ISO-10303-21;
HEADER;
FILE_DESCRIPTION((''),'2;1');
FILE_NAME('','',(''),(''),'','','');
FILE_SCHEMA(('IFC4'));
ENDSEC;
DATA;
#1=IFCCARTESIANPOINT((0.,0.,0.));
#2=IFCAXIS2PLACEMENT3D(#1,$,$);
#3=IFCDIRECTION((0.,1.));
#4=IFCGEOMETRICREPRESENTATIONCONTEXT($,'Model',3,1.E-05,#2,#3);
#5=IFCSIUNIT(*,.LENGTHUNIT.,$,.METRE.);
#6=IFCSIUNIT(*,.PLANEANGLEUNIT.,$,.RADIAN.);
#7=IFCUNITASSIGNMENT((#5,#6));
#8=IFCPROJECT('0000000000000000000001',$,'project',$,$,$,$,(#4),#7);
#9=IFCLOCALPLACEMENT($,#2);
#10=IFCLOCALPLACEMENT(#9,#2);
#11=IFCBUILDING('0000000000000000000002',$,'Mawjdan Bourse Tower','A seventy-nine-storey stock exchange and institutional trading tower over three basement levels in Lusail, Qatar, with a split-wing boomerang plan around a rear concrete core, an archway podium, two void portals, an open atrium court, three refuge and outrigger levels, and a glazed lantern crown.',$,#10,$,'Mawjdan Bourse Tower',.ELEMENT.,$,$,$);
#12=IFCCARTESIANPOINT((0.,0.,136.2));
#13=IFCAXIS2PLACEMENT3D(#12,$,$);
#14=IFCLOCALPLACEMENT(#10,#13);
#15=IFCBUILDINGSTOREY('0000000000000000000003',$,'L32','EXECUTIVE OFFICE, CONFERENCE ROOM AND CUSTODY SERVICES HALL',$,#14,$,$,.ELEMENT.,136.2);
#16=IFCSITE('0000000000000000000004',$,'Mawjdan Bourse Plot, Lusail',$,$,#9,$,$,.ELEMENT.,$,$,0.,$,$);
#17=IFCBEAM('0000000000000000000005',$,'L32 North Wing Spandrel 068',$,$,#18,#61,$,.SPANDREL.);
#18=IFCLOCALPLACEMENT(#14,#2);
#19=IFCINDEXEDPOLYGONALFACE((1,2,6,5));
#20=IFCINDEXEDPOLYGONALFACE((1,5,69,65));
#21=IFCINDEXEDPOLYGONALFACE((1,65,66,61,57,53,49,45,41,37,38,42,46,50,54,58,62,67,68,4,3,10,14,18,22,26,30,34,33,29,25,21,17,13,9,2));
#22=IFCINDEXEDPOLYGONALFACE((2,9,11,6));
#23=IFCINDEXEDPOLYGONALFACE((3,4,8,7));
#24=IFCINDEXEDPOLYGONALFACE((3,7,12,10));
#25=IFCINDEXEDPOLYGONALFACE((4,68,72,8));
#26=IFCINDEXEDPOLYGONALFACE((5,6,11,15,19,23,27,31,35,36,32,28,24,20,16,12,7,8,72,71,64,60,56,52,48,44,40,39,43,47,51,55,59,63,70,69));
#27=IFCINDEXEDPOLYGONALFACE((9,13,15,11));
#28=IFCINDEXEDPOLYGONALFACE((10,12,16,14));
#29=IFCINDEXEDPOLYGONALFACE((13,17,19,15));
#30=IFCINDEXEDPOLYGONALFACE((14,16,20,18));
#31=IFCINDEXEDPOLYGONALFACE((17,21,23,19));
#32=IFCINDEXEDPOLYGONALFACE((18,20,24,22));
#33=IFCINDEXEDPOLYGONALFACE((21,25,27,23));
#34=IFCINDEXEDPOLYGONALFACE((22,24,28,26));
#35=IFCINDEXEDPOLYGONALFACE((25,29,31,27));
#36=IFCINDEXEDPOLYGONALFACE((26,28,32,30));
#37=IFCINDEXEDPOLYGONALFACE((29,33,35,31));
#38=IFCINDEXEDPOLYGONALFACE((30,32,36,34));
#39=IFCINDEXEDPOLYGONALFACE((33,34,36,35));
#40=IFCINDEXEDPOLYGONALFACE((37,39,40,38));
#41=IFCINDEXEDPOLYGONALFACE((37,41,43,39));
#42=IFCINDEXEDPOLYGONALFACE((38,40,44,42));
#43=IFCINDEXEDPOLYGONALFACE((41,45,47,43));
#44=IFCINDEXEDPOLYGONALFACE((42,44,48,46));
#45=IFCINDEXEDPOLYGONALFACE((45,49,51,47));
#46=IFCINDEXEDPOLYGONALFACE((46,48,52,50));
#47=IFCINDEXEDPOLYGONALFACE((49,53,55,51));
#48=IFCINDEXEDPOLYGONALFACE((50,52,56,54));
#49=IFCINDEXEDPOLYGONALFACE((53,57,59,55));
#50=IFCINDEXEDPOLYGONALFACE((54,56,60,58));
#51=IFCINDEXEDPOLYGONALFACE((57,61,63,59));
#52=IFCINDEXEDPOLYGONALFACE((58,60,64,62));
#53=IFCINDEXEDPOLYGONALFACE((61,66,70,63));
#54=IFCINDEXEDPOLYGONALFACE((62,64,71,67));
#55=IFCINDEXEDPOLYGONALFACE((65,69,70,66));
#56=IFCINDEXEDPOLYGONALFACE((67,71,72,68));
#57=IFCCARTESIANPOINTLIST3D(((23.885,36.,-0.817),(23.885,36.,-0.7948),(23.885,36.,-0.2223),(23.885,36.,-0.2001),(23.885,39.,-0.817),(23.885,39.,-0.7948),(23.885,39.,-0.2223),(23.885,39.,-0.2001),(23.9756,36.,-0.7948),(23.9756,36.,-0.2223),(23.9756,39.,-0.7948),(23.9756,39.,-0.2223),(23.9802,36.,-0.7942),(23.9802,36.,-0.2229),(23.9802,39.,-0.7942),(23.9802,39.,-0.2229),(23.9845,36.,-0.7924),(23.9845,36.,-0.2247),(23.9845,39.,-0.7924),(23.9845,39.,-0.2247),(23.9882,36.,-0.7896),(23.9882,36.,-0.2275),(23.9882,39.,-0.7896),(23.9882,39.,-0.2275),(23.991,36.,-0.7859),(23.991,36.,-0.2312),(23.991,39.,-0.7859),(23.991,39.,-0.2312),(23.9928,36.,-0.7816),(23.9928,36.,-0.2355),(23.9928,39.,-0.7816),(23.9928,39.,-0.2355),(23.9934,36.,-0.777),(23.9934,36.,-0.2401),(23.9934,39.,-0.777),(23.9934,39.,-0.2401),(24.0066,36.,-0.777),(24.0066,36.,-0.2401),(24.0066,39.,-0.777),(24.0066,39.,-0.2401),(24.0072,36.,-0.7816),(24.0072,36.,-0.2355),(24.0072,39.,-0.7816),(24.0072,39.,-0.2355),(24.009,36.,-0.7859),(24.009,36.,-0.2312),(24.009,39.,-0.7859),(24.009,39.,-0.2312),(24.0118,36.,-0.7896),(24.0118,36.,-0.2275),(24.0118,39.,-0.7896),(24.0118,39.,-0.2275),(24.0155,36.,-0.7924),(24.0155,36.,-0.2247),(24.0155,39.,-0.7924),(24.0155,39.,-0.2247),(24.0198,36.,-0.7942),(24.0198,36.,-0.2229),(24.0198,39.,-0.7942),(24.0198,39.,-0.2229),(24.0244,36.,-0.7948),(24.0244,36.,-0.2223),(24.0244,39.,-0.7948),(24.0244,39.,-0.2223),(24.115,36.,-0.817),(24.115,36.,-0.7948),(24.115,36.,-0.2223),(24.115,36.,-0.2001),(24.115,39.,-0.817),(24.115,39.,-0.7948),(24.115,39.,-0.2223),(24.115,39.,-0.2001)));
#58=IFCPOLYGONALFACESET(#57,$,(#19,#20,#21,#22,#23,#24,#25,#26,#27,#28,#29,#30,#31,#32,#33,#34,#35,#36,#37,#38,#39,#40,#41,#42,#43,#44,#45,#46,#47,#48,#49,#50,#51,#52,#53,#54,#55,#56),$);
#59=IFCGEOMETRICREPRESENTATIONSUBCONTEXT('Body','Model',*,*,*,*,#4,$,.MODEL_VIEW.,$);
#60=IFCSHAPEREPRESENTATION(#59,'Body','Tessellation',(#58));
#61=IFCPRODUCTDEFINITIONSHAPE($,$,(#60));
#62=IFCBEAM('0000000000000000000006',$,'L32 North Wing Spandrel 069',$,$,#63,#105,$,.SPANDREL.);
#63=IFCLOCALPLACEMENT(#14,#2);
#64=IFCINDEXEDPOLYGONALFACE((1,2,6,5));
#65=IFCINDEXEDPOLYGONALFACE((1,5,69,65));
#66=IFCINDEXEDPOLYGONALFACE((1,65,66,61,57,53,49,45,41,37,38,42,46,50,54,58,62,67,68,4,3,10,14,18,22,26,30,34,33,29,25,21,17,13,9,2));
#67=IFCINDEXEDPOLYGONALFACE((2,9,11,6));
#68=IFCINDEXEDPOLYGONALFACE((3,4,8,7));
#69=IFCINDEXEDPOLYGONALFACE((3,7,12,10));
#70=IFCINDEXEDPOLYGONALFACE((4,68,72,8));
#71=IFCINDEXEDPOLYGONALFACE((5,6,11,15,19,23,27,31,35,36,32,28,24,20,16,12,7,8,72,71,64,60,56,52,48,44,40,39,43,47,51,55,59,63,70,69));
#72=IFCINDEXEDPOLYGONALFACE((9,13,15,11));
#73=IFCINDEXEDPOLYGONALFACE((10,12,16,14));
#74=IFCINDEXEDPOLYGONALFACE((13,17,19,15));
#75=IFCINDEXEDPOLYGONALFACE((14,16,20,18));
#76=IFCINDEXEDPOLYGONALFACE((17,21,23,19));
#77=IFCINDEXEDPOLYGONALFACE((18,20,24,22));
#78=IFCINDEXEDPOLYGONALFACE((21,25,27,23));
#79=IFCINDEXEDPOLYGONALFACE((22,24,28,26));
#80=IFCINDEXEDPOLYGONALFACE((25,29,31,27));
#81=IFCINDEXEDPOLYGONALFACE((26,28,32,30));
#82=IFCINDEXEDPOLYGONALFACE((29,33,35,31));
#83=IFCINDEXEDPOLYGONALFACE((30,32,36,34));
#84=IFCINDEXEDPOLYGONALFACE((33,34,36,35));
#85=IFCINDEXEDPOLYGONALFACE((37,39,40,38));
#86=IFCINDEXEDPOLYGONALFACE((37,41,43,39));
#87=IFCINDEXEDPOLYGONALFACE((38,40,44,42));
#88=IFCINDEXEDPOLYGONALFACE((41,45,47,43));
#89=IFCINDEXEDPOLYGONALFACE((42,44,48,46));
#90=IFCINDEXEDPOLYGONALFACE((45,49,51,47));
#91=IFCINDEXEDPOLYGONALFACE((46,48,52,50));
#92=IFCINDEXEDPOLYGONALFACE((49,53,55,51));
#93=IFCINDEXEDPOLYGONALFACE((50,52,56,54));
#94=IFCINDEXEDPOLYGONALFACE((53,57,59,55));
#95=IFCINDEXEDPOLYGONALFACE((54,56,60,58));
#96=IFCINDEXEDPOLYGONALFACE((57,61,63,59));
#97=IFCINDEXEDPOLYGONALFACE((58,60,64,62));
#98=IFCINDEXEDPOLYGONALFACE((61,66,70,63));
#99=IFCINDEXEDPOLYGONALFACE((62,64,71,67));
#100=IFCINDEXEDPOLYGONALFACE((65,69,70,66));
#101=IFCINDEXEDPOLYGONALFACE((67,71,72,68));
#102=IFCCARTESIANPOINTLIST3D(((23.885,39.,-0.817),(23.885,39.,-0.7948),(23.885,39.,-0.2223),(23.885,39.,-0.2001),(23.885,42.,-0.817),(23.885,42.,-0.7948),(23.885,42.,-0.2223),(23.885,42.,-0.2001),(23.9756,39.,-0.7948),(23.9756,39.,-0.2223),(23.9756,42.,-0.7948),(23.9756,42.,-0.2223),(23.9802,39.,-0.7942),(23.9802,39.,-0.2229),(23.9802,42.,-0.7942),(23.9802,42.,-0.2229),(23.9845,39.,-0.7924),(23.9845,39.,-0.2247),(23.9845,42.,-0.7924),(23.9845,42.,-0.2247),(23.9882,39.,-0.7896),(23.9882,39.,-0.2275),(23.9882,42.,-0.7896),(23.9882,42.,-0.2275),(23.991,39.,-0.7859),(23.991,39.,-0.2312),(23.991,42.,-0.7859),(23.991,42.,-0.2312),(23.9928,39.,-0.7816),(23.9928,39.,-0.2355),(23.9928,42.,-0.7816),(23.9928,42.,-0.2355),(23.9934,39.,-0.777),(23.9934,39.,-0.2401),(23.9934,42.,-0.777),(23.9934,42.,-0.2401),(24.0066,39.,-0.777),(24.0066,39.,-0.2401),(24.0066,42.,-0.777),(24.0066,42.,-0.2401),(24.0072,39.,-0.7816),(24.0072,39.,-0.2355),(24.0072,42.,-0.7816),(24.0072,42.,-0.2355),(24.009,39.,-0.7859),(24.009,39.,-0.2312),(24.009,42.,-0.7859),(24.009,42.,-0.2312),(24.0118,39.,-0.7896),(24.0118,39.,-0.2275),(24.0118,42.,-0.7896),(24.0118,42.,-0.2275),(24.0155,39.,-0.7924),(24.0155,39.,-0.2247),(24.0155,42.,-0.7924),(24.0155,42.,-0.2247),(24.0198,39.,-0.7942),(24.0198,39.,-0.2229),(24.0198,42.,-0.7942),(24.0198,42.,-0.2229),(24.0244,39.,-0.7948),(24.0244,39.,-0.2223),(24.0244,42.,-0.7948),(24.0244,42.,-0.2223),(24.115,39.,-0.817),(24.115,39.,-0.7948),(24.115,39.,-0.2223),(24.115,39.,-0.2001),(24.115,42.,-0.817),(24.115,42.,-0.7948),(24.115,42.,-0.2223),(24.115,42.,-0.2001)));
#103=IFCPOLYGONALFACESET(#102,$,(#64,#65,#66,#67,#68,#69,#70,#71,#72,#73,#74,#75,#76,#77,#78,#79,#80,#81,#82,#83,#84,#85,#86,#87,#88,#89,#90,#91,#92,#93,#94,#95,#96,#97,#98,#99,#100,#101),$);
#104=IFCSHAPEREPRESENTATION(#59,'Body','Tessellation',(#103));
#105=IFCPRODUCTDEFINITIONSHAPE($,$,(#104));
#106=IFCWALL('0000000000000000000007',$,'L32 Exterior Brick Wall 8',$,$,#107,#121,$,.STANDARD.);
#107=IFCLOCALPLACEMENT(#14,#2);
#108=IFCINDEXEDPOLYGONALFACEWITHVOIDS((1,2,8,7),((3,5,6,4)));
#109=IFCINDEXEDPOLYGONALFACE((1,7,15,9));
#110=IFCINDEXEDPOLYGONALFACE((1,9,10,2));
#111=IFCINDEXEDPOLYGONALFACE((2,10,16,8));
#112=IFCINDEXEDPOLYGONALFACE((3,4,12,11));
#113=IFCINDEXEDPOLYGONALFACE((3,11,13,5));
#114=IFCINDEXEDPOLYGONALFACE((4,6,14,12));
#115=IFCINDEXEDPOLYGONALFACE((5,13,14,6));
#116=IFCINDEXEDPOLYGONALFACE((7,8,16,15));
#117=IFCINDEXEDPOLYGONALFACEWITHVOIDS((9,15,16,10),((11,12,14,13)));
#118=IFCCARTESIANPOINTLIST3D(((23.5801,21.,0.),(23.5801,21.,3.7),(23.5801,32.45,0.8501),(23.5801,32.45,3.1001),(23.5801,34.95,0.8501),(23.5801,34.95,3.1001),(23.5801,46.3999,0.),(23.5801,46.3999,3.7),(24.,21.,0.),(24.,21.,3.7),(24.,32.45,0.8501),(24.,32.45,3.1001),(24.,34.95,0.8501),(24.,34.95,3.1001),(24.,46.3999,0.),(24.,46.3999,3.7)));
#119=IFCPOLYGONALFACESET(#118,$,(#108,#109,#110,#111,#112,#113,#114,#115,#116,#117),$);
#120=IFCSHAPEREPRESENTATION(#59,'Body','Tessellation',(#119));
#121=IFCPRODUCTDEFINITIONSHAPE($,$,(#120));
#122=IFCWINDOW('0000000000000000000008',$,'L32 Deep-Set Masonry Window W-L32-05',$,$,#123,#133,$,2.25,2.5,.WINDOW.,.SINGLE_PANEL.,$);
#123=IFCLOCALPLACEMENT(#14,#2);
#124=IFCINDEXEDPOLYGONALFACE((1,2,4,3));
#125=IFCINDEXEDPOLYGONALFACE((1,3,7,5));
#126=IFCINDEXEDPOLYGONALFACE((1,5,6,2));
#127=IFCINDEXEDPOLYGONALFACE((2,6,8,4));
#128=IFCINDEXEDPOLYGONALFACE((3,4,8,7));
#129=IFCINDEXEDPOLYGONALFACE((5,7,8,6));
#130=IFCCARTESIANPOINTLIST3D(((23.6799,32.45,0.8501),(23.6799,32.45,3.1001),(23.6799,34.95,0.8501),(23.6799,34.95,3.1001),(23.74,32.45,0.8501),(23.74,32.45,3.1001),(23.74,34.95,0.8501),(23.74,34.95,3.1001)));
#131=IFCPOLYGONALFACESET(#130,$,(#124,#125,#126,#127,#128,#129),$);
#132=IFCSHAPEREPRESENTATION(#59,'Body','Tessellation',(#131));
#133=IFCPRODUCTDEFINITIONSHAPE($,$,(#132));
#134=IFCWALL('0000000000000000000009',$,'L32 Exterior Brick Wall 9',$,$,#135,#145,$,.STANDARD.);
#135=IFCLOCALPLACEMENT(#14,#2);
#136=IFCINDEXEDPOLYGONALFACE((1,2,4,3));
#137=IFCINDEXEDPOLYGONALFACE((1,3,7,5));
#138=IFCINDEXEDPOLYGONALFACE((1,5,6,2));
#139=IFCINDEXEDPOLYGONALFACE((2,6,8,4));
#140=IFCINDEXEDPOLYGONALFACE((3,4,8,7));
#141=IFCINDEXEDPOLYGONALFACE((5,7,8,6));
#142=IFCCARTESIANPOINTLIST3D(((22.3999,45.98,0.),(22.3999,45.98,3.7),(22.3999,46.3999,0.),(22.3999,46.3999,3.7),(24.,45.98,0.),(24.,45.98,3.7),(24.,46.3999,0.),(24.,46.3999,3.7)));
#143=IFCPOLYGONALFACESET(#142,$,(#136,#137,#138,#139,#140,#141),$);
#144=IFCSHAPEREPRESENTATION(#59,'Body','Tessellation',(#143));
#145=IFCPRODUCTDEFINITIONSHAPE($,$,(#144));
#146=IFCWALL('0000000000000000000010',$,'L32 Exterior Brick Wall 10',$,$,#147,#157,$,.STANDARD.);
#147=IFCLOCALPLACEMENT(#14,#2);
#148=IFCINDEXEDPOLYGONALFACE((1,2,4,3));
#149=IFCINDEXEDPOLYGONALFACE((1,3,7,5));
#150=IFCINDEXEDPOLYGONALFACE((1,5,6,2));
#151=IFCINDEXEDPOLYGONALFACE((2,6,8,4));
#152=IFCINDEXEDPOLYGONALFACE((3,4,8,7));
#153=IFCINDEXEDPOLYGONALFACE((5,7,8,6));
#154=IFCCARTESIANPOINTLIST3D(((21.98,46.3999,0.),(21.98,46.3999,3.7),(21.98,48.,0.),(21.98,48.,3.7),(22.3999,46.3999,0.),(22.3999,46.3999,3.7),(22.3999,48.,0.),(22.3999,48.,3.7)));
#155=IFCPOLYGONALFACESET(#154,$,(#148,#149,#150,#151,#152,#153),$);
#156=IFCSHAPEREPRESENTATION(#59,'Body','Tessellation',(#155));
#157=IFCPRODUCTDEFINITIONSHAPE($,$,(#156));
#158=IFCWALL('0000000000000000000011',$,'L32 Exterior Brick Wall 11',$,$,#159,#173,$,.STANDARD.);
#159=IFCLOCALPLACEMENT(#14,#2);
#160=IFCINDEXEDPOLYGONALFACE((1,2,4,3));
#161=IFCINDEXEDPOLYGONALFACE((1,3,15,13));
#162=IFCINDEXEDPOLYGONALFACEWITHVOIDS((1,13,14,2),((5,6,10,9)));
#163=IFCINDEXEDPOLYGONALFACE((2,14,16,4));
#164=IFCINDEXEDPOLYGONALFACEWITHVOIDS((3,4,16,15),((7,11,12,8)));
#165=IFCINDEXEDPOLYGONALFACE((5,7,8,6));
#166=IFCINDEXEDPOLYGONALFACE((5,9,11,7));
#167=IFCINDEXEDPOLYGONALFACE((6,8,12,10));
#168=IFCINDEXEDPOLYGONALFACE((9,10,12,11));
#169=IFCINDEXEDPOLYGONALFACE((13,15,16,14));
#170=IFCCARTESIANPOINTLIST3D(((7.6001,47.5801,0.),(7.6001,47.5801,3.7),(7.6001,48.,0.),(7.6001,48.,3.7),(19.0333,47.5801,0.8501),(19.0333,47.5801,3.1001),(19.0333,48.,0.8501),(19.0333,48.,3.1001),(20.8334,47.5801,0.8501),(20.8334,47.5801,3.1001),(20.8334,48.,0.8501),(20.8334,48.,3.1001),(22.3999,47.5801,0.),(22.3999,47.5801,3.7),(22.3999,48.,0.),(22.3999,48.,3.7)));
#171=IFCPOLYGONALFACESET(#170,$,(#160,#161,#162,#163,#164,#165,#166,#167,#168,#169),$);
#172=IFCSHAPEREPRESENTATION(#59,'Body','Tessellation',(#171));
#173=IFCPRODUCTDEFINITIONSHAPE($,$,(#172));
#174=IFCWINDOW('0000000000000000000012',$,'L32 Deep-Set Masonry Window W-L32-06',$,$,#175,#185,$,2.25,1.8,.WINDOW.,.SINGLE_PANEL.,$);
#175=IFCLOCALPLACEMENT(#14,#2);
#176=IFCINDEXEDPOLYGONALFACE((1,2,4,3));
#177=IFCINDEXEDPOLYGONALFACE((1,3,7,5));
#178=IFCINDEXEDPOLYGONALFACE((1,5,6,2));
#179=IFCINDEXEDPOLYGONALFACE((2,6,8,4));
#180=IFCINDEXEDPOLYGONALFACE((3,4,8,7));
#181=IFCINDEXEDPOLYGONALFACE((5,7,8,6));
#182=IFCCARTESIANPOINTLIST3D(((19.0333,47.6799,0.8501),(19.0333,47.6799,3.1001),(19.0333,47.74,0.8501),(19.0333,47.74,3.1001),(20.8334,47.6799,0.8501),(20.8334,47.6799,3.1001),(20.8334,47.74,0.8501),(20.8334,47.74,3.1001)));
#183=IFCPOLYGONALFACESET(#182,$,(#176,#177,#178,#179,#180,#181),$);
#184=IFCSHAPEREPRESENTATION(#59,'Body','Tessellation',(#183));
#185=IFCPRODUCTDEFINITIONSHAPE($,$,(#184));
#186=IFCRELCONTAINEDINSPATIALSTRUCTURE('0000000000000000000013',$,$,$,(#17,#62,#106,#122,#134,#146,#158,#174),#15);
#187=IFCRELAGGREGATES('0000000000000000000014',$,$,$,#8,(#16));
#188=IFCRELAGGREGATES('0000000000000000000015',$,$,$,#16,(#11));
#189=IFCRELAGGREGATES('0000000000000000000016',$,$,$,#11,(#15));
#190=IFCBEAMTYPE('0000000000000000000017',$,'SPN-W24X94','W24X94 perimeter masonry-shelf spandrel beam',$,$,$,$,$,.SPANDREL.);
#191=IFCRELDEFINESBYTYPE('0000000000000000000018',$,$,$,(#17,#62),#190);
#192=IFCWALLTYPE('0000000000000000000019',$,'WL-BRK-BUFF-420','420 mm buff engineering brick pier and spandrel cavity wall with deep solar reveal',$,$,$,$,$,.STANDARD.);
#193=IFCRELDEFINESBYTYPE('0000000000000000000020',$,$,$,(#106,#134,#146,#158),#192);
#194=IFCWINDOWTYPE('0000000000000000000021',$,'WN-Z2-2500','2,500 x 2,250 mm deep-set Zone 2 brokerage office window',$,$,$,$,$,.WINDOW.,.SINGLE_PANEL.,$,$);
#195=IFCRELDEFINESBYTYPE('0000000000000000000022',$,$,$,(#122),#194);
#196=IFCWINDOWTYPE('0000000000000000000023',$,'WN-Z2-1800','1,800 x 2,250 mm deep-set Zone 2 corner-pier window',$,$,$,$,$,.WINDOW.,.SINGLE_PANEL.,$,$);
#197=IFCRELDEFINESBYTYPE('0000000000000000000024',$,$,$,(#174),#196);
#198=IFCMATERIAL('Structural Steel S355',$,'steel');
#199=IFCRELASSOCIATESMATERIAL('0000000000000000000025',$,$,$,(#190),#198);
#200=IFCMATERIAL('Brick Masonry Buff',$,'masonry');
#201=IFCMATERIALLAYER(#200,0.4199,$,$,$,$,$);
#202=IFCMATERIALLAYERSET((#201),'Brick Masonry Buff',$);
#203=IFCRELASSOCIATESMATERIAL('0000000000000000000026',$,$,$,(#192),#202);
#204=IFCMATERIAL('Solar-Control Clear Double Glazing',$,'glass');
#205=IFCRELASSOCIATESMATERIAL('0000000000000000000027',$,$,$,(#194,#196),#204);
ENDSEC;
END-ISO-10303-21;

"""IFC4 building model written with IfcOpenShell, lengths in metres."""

from ifc_helpers import new_model, si_unit, direction, frame, frame_2d, origin, origin_2d, place, context, subcontext, project, spatial, rectangle, i_section, extrude, material, layer, layer_set, material_profile, profile_set, type_object, element, fill, save


model = new_model("IFC4")

# Units and contexts
model_context = context("Model", 3, precision=1e-05, world=origin(), true_north=direction((0.0, 1.0)))
body_context = subcontext(model_context, "Body", "Model", "MODEL_VIEW")
ifc_project = project(units=[si_unit("LENGTHUNIT", "METRE"), si_unit("PLANEANGLEUNIT", "RADIAN")], contexts=[model_context])

# Site, building, storey
site_placement = place(None, origin())
site = spatial("IfcSite", under=ifc_project, at=site_placement, Name="Mawjdan Bourse Plot, Lusail", CompositionType="ELEMENT", RefElevation=0.0)
building_placement = place(site_placement, origin())
building = spatial("IfcBuilding", under=site, at=building_placement, Name="Mawjdan Bourse Tower", Description="A seventy-nine-storey stock exchange and institutional trading tower over three basement levels in Lusail, Qatar, with a split-wing boomerang plan around a rear concrete core, an archway podium, two void portals, an open atrium court, three refuge and outrigger levels, and a glazed lantern crown.", LongName="Mawjdan Bourse Tower", CompositionType="ELEMENT")
storey_placement = place(building_placement, frame((0.0, 0.0, 136.2)))
storey = spatial("IfcBuildingStorey", under=building, at=storey_placement, Name="L32", Description="EXECUTIVE OFFICE, CONFERENCE ROOM AND CUSTODY SERVICES HALL", CompositionType="ELEMENT", Elevation=136.2)

# Beams
ifc_material_1 = material(Name="Structural Steel S355", Category="steel")
ifc_material_profile_1 = material_profile(ifc_material_1, i_section(OverallWidth=0.23, OverallDepth=0.6169, WebThickness=0.0132, FlangeThickness=0.0222, FilletRadius=0.0178, at=origin_2d()), Name="W24X94")
ifc_profile_set_1 = profile_set([ifc_material_profile_1], Name="Structural Steel S355")
beam_type_1 = type_object("IfcBeamType", Name="SPN-W24X94", Description="W24X94 perimeter masonry-shelf spandrel beam", PredefinedType="SPANDREL", material=ifc_profile_set_1)
for number, where, z_axis, x_axis, name in (
    (1, (24.0, 36.0, -0.5085), (0.0, 1.0, 0.0), (-1.0, 0.0, 0.0), "L32 North Wing Spandrel 068"),
    (2, (24.0, 39.0, -0.5085), (0.0, 1.0, 0.0), (-1.0, 0.0, 0.0), "L32 North Wing Spandrel 069"),
):
    element("IfcBeam", number, at=place(storey_placement, frame(where, z_axis=z_axis, x_axis=x_axis)), inside=storey, type_object=beam_type_1, Name=name, PredefinedType="SPANDREL", context=body_context, shape_type="SweptSolid", body=[
        extrude(i_section(OverallWidth=0.23, OverallDepth=0.6169, WebThickness=0.0132, FlangeThickness=0.0222, FilletRadius=0.0178, at=origin_2d()), origin(), (0.0, 0.0, 1.0), 3.0),
    ])

# Wall, opening, window
ifc_material_2 = material(Name="Brick Masonry Buff", Category="masonry")
ifc_layer_1 = layer(ifc_material_2, 0.4199)
ifc_layer_set_1 = layer_set([ifc_layer_1], Name="Brick Masonry Buff")
wall_type_1 = type_object("IfcWallType", Name="WL-BRK-BUFF-420", Description="420 mm buff engineering brick pier and spandrel cavity wall with deep solar reveal", PredefinedType="STANDARD", material=ifc_layer_set_1)
wall_1_placement = place(storey_placement, frame((23.79, 21.0, 0.0), z_axis=(0.0, 0.0, 1.0), x_axis=(0.0, 1.0, 0.0)))
wall_1 = element("IfcWall", 3, at=wall_1_placement, inside=storey, type_object=wall_type_1, Name="L32 Exterior Brick Wall 8", PredefinedType="STANDARD", context=body_context, shape_type="SweptSolid", body=[
    extrude(rectangle(XDim=25.3999, YDim=0.4199, at=frame_2d((12.7, 0.0))), origin(), (0.0, 0.0, 1.0), 3.7),
])
opening_1_placement = place(wall_1_placement, frame((11.45, 0.0, 0.8501)))
opening_1 = element("IfcOpeningElement", 4, at=opening_1_placement, cuts=wall_1, PredefinedType="OPENING", context=body_context, shape_type="SweptSolid", body=[
    extrude(rectangle(XDim=2.5, YDim=2.25, at=frame_2d((1.25, 1.125))), frame((0.0, 0.22, 0.0), z_axis=(0.0, -1.0, 0.0), x_axis=(1.0, 0.0, 0.0)), (0.0, 0.0, 1.0), 0.4399),
])
ifc_material_3 = material(Name="Solar-Control Clear Double Glazing", Category="glass")
window_type_1 = type_object("IfcWindowType", Name="WN-Z2-2500", Description="2,500 x 2,250 mm deep-set Zone 2 brokerage office window", PartitioningType="SINGLE_PANEL", PredefinedType="WINDOW", material=ifc_material_3)
window_1_placement = place(opening_1_placement, origin())
window_1 = element("IfcWindow", 5, at=window_1_placement, inside=storey, type_object=window_type_1, Name="L32 Deep-Set Masonry Window W-L32-05", OverallHeight=2.25, OverallWidth=2.5, PartitioningType="SINGLE_PANEL", PredefinedType="WINDOW", context=body_context, shape_type="SweptSolid", body=[
    extrude(rectangle(XDim=2.5, YDim=2.25, at=frame_2d((1.25, 1.125))), frame((0.0, 0.1101, 0.0), z_axis=(0.0, -1.0, 0.0), x_axis=(1.0, 0.0, 0.0)), (0.0, 0.0, 1.0), 0.0601),
])
fill(opening_1, window_1)

# Walls
for number, where, z_axis, x_axis, name in (
    (6, (24.0, 46.1899, 0.0), (0.0, 0.0, 1.0), (-1.0, 0.0, 0.0), "L32 Exterior Brick Wall 9"),
    (7, (22.1899, 46.3999, 0.0), (0.0, 0.0, 1.0), (0.0, 1.0, 0.0), "L32 Exterior Brick Wall 10"),
):
    element("IfcWall", number, at=place(storey_placement, frame(where, z_axis=z_axis, x_axis=x_axis)), inside=storey, type_object=wall_type_1, Name=name, PredefinedType="STANDARD", context=body_context, shape_type="SweptSolid", body=[
        extrude(rectangle(XDim=1.6001, YDim=0.4199, at=frame_2d((0.8, 0.0))), origin(), (0.0, 0.0, 1.0), 3.7),
    ])

# Wall, opening, window
wall_2_placement = place(storey_placement, frame((22.3999, 47.79, 0.0), z_axis=(0.0, 0.0, 1.0), x_axis=(-1.0, 0.0, 0.0)))
wall_2 = element("IfcWall", 8, at=wall_2_placement, inside=storey, type_object=wall_type_1, Name="L32 Exterior Brick Wall 11", PredefinedType="STANDARD", context=body_context, shape_type="SweptSolid", body=[
    extrude(rectangle(XDim=14.7998, YDim=0.4199, at=frame_2d((7.3999, 0.0))), origin(), (0.0, 0.0, 1.0), 3.7),
])
opening_2_placement = place(wall_2_placement, frame((1.5667, 0.0, 0.8501)))
opening_2 = element("IfcOpeningElement", 9, at=opening_2_placement, cuts=wall_2, PredefinedType="OPENING", context=body_context, shape_type="SweptSolid", body=[
    extrude(rectangle(XDim=1.8, YDim=2.25, at=frame_2d((0.8999, 1.125))), frame((0.0, 0.22, 0.0), z_axis=(0.0, -1.0, 0.0), x_axis=(1.0, 0.0, 0.0)), (0.0, 0.0, 1.0), 0.4399),
])
window_type_2 = type_object("IfcWindowType", Name="WN-Z2-1800", Description="1,800 x 2,250 mm deep-set Zone 2 corner-pier window", PartitioningType="SINGLE_PANEL", PredefinedType="WINDOW", material=ifc_material_3)
window_2_placement = place(opening_2_placement, origin())
window_2 = element("IfcWindow", 10, at=window_2_placement, inside=storey, type_object=window_type_2, Name="L32 Deep-Set Masonry Window W-L32-06", OverallHeight=2.25, OverallWidth=1.8, PartitioningType="SINGLE_PANEL", PredefinedType="WINDOW", context=body_context, shape_type="SweptSolid", body=[
    extrude(rectangle(XDim=1.8, YDim=2.25, at=frame_2d((0.8999, 1.125))), frame((0.0, 0.1101, 0.0), z_axis=(0.0, -1.0, 0.0), x_axis=(1.0, 0.0, 0.0)), (0.0, 0.0, 1.0), 0.0601),
])
fill(opening_2, window_2)

save(model, "model.ifc")
